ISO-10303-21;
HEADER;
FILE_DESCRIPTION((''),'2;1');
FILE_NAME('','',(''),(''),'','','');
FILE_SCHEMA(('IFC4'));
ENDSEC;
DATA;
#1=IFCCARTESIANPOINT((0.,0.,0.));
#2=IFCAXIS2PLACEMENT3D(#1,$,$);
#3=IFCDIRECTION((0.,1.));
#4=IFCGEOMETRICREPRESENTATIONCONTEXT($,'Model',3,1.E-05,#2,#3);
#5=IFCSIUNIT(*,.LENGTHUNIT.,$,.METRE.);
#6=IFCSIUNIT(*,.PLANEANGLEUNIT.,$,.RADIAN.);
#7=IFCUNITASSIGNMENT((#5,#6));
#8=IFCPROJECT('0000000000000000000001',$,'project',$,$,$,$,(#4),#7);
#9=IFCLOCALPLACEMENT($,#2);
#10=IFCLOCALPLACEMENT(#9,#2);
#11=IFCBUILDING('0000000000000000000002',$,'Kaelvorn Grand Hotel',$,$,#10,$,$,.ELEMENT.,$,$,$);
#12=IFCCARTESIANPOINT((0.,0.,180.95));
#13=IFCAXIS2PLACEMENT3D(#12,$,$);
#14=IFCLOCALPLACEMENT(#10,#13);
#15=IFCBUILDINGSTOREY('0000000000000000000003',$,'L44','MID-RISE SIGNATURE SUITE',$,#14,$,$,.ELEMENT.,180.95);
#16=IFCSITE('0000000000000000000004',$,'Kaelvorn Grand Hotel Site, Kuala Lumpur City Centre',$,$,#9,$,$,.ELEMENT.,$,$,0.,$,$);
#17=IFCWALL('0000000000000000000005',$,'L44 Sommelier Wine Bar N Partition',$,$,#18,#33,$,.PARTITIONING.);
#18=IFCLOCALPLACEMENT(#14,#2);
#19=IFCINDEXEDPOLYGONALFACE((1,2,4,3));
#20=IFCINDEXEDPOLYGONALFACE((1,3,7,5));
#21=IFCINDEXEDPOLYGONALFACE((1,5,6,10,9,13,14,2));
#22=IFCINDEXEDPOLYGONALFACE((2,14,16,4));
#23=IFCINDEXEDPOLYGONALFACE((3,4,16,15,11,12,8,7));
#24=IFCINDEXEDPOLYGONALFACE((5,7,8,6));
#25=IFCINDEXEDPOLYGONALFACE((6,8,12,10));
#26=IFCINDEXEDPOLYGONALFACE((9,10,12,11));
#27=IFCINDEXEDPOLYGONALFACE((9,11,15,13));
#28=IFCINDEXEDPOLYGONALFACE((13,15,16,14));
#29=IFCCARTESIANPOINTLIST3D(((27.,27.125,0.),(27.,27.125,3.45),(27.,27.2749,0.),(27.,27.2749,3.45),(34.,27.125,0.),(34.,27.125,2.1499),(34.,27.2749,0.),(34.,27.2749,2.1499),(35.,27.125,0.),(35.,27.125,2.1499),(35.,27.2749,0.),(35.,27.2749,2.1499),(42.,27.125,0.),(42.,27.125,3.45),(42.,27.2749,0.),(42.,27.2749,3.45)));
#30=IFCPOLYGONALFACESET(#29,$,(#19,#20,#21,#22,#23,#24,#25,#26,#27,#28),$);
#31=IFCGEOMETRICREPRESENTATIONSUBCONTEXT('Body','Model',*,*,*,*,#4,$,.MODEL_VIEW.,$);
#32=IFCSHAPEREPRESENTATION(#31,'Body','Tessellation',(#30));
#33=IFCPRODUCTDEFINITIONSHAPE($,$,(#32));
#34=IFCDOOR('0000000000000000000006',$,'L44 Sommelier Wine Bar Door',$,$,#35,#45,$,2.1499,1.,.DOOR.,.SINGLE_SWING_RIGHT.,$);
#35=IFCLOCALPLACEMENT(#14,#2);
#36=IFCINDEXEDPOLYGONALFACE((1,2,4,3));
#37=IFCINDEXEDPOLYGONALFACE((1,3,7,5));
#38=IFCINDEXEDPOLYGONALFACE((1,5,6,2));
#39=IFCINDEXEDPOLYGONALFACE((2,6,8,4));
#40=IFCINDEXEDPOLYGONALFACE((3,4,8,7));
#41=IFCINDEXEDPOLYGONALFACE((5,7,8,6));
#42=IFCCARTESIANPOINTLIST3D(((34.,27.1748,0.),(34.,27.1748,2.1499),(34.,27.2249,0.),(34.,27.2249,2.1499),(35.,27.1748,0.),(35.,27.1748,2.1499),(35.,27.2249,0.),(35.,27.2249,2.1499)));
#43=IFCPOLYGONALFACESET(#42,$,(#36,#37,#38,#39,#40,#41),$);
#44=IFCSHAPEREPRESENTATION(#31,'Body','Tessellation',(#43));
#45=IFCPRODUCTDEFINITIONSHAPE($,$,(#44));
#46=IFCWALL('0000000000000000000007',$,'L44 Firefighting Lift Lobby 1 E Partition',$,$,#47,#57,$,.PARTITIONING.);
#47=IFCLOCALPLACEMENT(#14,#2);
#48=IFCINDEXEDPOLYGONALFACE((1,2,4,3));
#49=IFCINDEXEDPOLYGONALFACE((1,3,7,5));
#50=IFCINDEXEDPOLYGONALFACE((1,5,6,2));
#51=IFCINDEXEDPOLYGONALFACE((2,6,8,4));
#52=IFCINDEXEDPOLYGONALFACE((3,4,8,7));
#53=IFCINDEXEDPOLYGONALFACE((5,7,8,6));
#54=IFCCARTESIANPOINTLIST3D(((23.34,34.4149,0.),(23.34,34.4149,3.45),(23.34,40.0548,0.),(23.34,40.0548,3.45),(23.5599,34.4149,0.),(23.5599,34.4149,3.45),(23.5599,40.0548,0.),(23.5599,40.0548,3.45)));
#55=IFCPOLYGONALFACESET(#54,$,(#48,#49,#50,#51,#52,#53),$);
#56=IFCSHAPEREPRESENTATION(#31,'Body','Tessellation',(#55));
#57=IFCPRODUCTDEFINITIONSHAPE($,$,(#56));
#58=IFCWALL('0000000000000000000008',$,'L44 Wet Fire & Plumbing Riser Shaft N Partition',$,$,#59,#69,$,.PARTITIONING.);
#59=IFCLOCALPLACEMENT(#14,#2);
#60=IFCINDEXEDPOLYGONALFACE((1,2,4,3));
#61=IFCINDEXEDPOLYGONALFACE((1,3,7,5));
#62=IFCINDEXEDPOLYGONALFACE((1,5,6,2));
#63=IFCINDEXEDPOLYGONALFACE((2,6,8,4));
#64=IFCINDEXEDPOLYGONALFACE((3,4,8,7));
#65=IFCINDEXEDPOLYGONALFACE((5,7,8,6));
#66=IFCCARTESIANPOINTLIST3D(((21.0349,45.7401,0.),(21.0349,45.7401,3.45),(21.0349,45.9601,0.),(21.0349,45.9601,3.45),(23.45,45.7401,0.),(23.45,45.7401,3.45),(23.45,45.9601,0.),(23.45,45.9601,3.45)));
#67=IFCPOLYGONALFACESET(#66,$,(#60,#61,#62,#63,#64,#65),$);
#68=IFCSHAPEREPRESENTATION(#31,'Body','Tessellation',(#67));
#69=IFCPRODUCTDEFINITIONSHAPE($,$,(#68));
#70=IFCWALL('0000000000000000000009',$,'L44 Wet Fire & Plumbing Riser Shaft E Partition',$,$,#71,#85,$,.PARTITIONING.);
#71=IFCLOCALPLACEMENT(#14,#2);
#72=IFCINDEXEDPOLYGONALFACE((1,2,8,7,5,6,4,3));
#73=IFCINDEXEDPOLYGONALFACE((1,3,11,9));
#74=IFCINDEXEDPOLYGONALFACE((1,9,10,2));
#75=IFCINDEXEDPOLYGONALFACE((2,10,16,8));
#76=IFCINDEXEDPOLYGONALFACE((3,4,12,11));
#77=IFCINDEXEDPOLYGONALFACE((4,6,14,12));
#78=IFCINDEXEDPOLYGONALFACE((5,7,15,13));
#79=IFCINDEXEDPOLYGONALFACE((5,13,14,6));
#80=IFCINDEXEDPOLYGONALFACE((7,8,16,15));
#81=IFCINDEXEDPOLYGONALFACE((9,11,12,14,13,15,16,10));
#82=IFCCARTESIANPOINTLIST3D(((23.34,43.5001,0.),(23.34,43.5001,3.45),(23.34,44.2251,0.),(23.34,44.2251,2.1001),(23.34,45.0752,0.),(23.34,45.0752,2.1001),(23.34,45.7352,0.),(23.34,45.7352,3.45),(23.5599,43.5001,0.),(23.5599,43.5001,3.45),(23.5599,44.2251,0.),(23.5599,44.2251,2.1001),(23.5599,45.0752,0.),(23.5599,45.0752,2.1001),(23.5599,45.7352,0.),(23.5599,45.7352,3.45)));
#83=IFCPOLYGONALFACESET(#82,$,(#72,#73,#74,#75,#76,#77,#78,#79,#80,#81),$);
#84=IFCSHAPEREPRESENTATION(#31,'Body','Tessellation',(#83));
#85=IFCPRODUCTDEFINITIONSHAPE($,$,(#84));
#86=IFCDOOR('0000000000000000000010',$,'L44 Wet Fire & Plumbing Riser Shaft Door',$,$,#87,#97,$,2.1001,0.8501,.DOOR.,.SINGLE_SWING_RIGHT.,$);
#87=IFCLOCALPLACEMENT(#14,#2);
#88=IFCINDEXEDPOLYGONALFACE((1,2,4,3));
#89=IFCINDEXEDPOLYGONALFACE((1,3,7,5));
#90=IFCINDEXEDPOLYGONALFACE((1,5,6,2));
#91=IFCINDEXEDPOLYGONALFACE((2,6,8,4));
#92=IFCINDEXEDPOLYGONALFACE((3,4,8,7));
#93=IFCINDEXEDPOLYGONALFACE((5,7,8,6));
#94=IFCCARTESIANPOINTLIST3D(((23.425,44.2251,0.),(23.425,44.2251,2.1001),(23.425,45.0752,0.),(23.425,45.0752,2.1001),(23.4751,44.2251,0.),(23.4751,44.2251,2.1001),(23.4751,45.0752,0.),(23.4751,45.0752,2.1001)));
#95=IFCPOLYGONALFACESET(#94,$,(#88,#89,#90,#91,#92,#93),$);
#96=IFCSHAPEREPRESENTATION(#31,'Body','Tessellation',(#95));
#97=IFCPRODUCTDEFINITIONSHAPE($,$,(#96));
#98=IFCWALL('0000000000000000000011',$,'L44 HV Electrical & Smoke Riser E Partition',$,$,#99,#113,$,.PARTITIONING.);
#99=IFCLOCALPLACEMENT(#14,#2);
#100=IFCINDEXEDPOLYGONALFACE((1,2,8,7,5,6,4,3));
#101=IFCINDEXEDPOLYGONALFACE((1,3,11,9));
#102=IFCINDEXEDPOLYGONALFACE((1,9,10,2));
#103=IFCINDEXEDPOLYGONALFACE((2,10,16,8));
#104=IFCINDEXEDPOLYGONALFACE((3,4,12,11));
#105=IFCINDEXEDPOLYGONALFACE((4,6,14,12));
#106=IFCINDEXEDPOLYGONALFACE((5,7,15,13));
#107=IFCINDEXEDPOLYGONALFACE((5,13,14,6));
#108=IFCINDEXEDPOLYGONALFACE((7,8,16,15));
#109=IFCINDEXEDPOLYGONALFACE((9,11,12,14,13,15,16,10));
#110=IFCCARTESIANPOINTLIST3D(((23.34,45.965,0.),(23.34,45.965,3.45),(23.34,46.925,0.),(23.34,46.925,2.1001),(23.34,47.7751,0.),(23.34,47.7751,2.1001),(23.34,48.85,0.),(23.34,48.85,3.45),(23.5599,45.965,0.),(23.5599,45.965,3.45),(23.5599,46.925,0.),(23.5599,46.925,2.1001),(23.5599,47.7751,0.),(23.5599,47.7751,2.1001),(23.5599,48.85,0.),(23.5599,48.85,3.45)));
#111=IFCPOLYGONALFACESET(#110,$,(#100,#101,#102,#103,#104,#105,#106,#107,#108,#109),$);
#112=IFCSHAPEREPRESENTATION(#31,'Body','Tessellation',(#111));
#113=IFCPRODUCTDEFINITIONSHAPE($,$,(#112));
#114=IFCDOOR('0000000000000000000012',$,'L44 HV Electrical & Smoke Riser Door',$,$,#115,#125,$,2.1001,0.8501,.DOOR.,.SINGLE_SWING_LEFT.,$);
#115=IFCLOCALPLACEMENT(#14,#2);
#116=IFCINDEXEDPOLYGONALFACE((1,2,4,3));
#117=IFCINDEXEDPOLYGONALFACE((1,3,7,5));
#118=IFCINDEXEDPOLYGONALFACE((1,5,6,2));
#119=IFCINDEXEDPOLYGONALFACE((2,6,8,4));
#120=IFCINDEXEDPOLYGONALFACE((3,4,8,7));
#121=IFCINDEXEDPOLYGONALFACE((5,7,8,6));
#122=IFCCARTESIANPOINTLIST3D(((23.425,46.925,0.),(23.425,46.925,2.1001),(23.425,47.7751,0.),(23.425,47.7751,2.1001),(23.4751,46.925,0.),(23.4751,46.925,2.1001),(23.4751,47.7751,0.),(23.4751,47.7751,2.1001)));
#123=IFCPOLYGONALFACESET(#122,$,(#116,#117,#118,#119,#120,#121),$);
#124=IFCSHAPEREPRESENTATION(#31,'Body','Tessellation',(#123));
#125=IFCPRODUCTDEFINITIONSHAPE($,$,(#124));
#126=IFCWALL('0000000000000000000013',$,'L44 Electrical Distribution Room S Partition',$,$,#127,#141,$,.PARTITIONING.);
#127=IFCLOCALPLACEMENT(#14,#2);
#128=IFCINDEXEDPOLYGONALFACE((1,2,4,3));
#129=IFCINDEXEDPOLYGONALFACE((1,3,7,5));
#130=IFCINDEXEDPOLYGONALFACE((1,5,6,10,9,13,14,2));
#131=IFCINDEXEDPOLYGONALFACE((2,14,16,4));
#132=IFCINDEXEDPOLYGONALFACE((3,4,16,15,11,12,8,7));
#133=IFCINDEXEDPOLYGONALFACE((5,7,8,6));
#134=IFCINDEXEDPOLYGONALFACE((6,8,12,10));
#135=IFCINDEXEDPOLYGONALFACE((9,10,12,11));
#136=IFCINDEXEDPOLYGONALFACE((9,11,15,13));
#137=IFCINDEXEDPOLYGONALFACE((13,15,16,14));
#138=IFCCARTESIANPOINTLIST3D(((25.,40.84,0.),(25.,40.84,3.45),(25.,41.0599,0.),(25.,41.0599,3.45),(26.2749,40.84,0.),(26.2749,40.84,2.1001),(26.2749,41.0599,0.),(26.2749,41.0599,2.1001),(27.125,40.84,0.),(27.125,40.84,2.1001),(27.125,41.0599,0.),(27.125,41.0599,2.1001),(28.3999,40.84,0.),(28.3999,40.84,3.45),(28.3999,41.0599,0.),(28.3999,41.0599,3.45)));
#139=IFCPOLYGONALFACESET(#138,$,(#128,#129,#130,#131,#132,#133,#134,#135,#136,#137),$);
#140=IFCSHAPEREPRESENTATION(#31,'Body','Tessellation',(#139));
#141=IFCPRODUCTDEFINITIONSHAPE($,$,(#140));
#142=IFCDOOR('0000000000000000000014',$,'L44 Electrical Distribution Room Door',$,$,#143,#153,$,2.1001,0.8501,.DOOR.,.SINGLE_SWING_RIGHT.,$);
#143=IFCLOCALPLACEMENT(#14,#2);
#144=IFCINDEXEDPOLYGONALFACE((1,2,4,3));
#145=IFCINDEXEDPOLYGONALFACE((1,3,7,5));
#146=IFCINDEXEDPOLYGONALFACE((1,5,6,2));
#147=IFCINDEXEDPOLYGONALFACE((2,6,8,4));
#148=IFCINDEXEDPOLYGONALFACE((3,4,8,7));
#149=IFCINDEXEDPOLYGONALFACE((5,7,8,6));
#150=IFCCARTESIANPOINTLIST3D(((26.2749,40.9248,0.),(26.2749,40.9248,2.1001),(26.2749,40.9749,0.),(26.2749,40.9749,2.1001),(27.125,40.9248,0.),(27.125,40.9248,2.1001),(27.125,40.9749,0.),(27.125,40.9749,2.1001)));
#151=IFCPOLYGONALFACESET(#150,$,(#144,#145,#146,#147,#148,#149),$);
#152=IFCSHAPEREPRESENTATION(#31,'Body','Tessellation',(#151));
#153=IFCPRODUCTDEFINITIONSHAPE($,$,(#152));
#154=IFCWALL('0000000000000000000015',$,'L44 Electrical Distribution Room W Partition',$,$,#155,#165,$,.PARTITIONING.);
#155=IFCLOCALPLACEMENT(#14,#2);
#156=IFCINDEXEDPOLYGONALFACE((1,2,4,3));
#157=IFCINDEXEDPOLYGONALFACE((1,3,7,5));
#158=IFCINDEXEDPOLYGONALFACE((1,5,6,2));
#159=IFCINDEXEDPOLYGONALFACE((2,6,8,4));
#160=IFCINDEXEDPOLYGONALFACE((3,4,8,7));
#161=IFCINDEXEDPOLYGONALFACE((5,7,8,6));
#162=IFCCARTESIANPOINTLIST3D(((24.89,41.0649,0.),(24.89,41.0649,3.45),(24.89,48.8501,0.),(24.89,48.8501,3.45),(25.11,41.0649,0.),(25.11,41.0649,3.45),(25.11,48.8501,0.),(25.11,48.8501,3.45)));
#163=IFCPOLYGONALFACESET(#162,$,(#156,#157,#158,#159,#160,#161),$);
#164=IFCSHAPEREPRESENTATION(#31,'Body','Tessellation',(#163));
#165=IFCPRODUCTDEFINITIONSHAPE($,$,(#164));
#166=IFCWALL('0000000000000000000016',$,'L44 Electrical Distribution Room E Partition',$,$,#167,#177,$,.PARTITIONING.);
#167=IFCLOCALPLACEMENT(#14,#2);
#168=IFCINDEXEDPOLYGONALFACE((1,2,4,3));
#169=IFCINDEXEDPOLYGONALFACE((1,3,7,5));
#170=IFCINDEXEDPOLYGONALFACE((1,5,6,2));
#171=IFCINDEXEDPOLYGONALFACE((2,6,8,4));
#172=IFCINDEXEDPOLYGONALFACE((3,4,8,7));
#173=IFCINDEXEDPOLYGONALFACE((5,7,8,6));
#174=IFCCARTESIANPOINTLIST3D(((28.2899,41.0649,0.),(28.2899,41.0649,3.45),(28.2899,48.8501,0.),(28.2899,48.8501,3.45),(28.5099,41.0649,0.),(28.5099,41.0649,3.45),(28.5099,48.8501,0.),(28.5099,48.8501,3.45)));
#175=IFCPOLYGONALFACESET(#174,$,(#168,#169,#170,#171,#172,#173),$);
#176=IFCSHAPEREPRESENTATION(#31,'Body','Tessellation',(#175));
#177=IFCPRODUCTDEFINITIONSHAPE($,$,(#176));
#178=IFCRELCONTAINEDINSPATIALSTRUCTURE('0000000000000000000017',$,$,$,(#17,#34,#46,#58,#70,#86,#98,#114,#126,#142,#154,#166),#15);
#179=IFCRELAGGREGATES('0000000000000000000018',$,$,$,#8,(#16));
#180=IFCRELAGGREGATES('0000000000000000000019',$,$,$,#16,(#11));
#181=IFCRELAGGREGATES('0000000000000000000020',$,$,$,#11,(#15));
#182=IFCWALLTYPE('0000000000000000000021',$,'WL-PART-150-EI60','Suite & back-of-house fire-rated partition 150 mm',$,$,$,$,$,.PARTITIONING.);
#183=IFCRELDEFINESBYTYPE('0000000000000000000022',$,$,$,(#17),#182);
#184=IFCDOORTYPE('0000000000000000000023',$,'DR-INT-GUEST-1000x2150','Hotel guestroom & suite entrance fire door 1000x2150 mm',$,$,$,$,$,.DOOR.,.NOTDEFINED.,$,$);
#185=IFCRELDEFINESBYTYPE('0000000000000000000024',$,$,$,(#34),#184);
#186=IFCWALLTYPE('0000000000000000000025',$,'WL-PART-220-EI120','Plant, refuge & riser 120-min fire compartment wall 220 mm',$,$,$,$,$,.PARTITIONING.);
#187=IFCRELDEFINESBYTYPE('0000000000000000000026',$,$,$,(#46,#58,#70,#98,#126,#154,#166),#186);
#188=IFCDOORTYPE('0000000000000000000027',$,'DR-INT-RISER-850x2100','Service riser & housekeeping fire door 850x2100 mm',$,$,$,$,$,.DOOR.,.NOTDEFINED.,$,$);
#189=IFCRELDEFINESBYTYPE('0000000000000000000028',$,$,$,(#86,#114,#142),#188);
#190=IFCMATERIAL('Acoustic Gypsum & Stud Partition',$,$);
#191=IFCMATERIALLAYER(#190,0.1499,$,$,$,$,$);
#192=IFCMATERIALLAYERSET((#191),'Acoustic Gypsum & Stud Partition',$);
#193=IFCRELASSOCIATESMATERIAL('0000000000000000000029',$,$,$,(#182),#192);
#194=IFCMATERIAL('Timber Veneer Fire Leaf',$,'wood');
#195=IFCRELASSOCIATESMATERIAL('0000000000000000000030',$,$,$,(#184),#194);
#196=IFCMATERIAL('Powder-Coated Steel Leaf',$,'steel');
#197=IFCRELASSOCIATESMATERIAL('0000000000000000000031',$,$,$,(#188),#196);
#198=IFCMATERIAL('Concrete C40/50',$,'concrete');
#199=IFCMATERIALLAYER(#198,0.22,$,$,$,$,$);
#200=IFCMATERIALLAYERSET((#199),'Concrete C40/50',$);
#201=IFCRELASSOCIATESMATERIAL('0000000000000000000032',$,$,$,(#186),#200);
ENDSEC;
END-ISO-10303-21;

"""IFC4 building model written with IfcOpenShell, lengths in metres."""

from ifc_helpers import new_model, si_unit, direction, frame, frame_2d, origin, place, context, subcontext, project, spatial, rectangle, extrude, material, layer, layer_set, type_object, element, fill, save


model = new_model("IFC4")

# Units and contexts
model_context = context("Model", 3, precision=1e-05, world=origin(), true_north=direction((0.0, 1.0)))
body_context = subcontext(model_context, "Body", "Model", "MODEL_VIEW")
ifc_project = project(units=[si_unit("LENGTHUNIT", "METRE"), si_unit("PLANEANGLEUNIT", "RADIAN")], contexts=[model_context])

# Site, building, storey
site_placement = place(None, origin())
site = spatial("IfcSite", under=ifc_project, at=site_placement, Name="Kaelvorn Grand Hotel Site, Kuala Lumpur City Centre", CompositionType="ELEMENT", RefElevation=0.0)
building_placement = place(site_placement, origin())
building = spatial("IfcBuilding", under=site, at=building_placement, Name="Kaelvorn Grand Hotel", CompositionType="ELEMENT")
storey_placement = place(building_placement, frame((0.0, 0.0, 180.95)))
storey = spatial("IfcBuildingStorey", under=building, at=storey_placement, Name="L44", Description="MID-RISE SIGNATURE SUITE", CompositionType="ELEMENT", Elevation=180.95)

# Shared definitions
ifc_material_1 = material(Name="Acoustic Gypsum & Stud Partition")
ifc_layer_1 = layer(ifc_material_1, 0.1499)
ifc_layer_set_1 = layer_set([ifc_layer_1], Name="Acoustic Gypsum & Stud Partition")
wall_type_1 = type_object("IfcWallType", Name="WL-PART-150-EI60", Description="Suite & back-of-house fire-rated partition 150 mm", PredefinedType="PARTITIONING", material=ifc_layer_set_1)
ifc_material_2 = material(Name="Timber Veneer Fire Leaf", Category="wood")
door_type_1 = type_object("IfcDoorType", Name="DR-INT-GUEST-1000x2150", Description="Hotel guestroom & suite entrance fire door 1000x2150 mm", OperationType="NOTDEFINED", PredefinedType="DOOR", material=ifc_material_2)

# Wall, opening, door
ifc_material_3 = material(Name="Powder-Coated Steel Leaf", Category="steel")
door_type_2 = type_object("IfcDoorType", Name="DR-INT-RISER-850x2100", Description="Service riser & housekeeping fire door 850x2100 mm", OperationType="NOTDEFINED", PredefinedType="DOOR", material=ifc_material_3)
wall_1_placement = place(storey_placement, frame((27.0, 27.2, 0.0), z_axis=(0.0, 0.0, 1.0), x_axis=(1.0, 0.0, 0.0)))
wall_1 = element("IfcWall", 1, at=wall_1_placement, inside=storey, type_object=wall_type_1, Name="L44 Sommelier Wine Bar N Partition", PredefinedType="PARTITIONING", context=body_context, shape_type="SweptSolid", body=[
    extrude(rectangle(XDim=15.0, YDim=0.1499, at=frame_2d((7.5, 0.0))), origin(), (0.0, 0.0, 1.0), 3.45),
])
opening_1_placement = place(wall_1_placement, frame((7.0, 0.0, 0.0)))
opening_1 = element("IfcOpeningElement", 2, at=opening_1_placement, cuts=wall_1, PredefinedType="OPENING", context=body_context, shape_type="SweptSolid", body=[
    extrude(rectangle(XDim=1.0, YDim=2.1499, at=frame_2d((0.5, 1.075))), frame((0.0, 0.085, 0.0), z_axis=(0.0, -1.0, 0.0), x_axis=(1.0, 0.0, 0.0)), (0.0, 0.0, 1.0), 0.1699),
])
door_1_placement = place(opening_1_placement, origin())
door_1 = element("IfcDoor", 3, at=door_1_placement, inside=storey, type_object=door_type_1, Name="L44 Sommelier Wine Bar Door", OperationType="SINGLE_SWING_RIGHT", OverallHeight=2.1499, OverallWidth=1.0, PredefinedType="DOOR", context=body_context, shape_type="SweptSolid", body=[
    extrude(rectangle(XDim=1.0, YDim=2.1499, at=frame_2d((0.5, 1.075))), frame((0.0, 0.0249, 0.0), z_axis=(0.0, -1.0, 0.0), x_axis=(1.0, 0.0, 0.0)), (0.0, 0.0, 1.0), 0.05),
])
fill(opening_1, door_1)

# Walls
ifc_material_4 = material(Name="Concrete C40/50", Category="concrete")
ifc_layer_2 = layer(ifc_material_4, 0.22)
ifc_layer_set_2 = layer_set([ifc_layer_2], Name="Concrete C40/50")
wall_type_2 = type_object("IfcWallType", Name="WL-PART-220-EI120", Description="Plant, refuge & riser 120-min fire compartment wall 220 mm", PredefinedType="PARTITIONING", material=ifc_layer_set_2)
wall_2_placement = place(storey_placement, frame((23.45, 34.415, 0.0), z_axis=(0.0, 0.0, 1.0), x_axis=(0.0, 1.0, 0.0)))
element("IfcWall", 4, at=wall_2_placement, inside=storey, type_object=wall_type_2, Name="L44 Firefighting Lift Lobby 1 E Partition", PredefinedType="PARTITIONING", context=body_context, shape_type="SweptSolid", body=[
    extrude(rectangle(XDim=5.6399, YDim=0.22, at=frame_2d((2.8198, 0.0))), origin(), (0.0, 0.0, 1.0), 3.45),
])
wall_3_placement = place(storey_placement, frame((21.0349, 45.8501, 0.0), z_axis=(0.0, 0.0, 1.0), x_axis=(1.0, 0.0, 0.0)))
element("IfcWall", 5, at=wall_3_placement, inside=storey, type_object=wall_type_2, Name="L44 Wet Fire & Plumbing Riser Shaft N Partition", PredefinedType="PARTITIONING", context=body_context, shape_type="SweptSolid", body=[
    extrude(rectangle(XDim=2.415, YDim=0.22, at=frame_2d((1.2075, 0.0))), origin(), (0.0, 0.0, 1.0), 3.45),
])

# Walls, openings, doors
wall_4_placement = place(storey_placement, frame((23.45, 43.5, 0.0), z_axis=(0.0, 0.0, 1.0), x_axis=(0.0, 1.0, 0.0)))
wall_4 = element("IfcWall", 6, at=wall_4_placement, inside=storey, type_object=wall_type_2, Name="L44 Wet Fire & Plumbing Riser Shaft E Partition", PredefinedType="PARTITIONING", context=body_context, shape_type="SweptSolid", body=[
    extrude(rectangle(XDim=2.2351, YDim=0.22, at=frame_2d((1.1177, 0.0))), origin(), (0.0, 0.0, 1.0), 3.45),
])
opening_2_placement = place(wall_4_placement, frame((0.7251, 0.0, 0.0)))
opening_2 = element("IfcOpeningElement", 7, at=opening_2_placement, cuts=wall_4, PredefinedType="OPENING", context=body_context, shape_type="SweptSolid", body=[
    extrude(rectangle(XDim=0.8501, YDim=2.1001, at=frame_2d((0.425, 1.05))), frame((0.0, 0.1201, 0.0), z_axis=(0.0, -1.0, 0.0), x_axis=(1.0, 0.0, 0.0)), (0.0, 0.0, 1.0), 0.24),
])
door_2_placement = place(opening_2_placement, origin())
door_2 = element("IfcDoor", 8, at=door_2_placement, inside=storey, type_object=door_type_2, Name="L44 Wet Fire & Plumbing Riser Shaft Door", OperationType="SINGLE_SWING_RIGHT", OverallHeight=2.1001, OverallWidth=0.8501, PredefinedType="DOOR", context=body_context, shape_type="SweptSolid", body=[
    extrude(rectangle(XDim=0.8501, YDim=2.1001, at=frame_2d((0.425, 1.05))), frame((0.0, 0.0249, 0.0), z_axis=(0.0, -1.0, 0.0), x_axis=(1.0, 0.0, 0.0)), (0.0, 0.0, 1.0), 0.05),
])
fill(opening_2, door_2)
wall_5_placement = place(storey_placement, frame((23.45, 45.9651, 0.0), z_axis=(0.0, 0.0, 1.0), x_axis=(0.0, 1.0, 0.0)))
wall_5 = element("IfcWall", 9, at=wall_5_placement, inside=storey, type_object=wall_type_2, Name="L44 HV Electrical & Smoke Riser E Partition", PredefinedType="PARTITIONING", context=body_context, shape_type="SweptSolid", body=[
    extrude(rectangle(XDim=2.885, YDim=0.22, at=frame_2d((1.4424, 0.0))), origin(), (0.0, 0.0, 1.0), 3.45),
])
opening_3_placement = place(wall_5_placement, frame((0.96, 0.0, 0.0)))
opening_3 = element("IfcOpeningElement", 10, at=opening_3_placement, cuts=wall_5, PredefinedType="OPENING", context=body_context, shape_type="SweptSolid", body=[
    extrude(rectangle(XDim=0.8501, YDim=2.1001, at=frame_2d((0.425, 1.05))), frame((0.0, 0.1201, 0.0), z_axis=(0.0, -1.0, 0.0), x_axis=(1.0, 0.0, 0.0)), (0.0, 0.0, 1.0), 0.24),
])
door_3_placement = place(opening_3_placement, origin())
door_3 = element("IfcDoor", 11, at=door_3_placement, inside=storey, type_object=door_type_2, Name="L44 HV Electrical & Smoke Riser Door", OperationType="SINGLE_SWING_LEFT", OverallHeight=2.1001, OverallWidth=0.8501, PredefinedType="DOOR", context=body_context, shape_type="SweptSolid", body=[
    extrude(rectangle(XDim=0.8501, YDim=2.1001, at=frame_2d((0.425, 1.05))), frame((0.0, 0.0249, 0.0), z_axis=(0.0, -1.0, 0.0), x_axis=(1.0, 0.0, 0.0)), (0.0, 0.0, 1.0), 0.05),
])
fill(opening_3, door_3)
wall_6_placement = place(storey_placement, frame((25.0, 40.95, 0.0), z_axis=(0.0, 0.0, 1.0), x_axis=(1.0, 0.0, 0.0)))
wall_6 = element("IfcWall", 12, at=wall_6_placement, inside=storey, type_object=wall_type_2, Name="L44 Electrical Distribution Room S Partition", PredefinedType="PARTITIONING", context=body_context, shape_type="SweptSolid", body=[
    extrude(rectangle(XDim=3.3999, YDim=0.22, at=frame_2d((1.7, 0.0))), origin(), (0.0, 0.0, 1.0), 3.45),
])
opening_4_placement = place(wall_6_placement, frame((1.2749, 0.0, 0.0)))
opening_4 = element("IfcOpeningElement", 13, at=opening_4_placement, cuts=wall_6, PredefinedType="OPENING", context=body_context, shape_type="SweptSolid", body=[
    extrude(rectangle(XDim=0.8501, YDim=2.1001, at=frame_2d((0.425, 1.05))), frame((0.0, 0.1201, 0.0), z_axis=(0.0, -1.0, 0.0), x_axis=(1.0, 0.0, 0.0)), (0.0, 0.0, 1.0), 0.24),
])
door_4_placement = place(opening_4_placement, origin())
door_4 = element("IfcDoor", 14, at=door_4_placement, inside=storey, type_object=door_type_2, Name="L44 Electrical Distribution Room Door", OperationType="SINGLE_SWING_RIGHT", OverallHeight=2.1001, OverallWidth=0.8501, PredefinedType="DOOR", context=body_context, shape_type="SweptSolid", body=[
    extrude(rectangle(XDim=0.8501, YDim=2.1001, at=frame_2d((0.425, 1.05))), frame((0.0, 0.0249, 0.0), z_axis=(0.0, -1.0, 0.0), x_axis=(1.0, 0.0, 0.0)), (0.0, 0.0, 1.0), 0.05),
])
fill(opening_4, door_4)

# Walls
for number, where, z_axis, x_axis, name in (
    (15, (25.0, 41.0649, 0.0), (0.0, 0.0, 1.0), (0.0, 1.0, 0.0), "L44 Electrical Distribution Room W Partition"),
    (16, (28.3999, 41.0649, 0.0), (0.0, 0.0, 1.0), (0.0, 1.0, 0.0), "L44 Electrical Distribution Room E Partition"),
):
    element("IfcWall", number, at=place(storey_placement, frame(where, z_axis=z_axis, x_axis=x_axis)), inside=storey, type_object=wall_type_2, Name=name, PredefinedType="PARTITIONING", context=body_context, shape_type="SweptSolid", body=[
        extrude(rectangle(XDim=7.7852, YDim=0.22, at=frame_2d((3.8926, 0.0))), origin(), (0.0, 0.0, 1.0), 3.45),
    ])

save(model, "model.ifc")
